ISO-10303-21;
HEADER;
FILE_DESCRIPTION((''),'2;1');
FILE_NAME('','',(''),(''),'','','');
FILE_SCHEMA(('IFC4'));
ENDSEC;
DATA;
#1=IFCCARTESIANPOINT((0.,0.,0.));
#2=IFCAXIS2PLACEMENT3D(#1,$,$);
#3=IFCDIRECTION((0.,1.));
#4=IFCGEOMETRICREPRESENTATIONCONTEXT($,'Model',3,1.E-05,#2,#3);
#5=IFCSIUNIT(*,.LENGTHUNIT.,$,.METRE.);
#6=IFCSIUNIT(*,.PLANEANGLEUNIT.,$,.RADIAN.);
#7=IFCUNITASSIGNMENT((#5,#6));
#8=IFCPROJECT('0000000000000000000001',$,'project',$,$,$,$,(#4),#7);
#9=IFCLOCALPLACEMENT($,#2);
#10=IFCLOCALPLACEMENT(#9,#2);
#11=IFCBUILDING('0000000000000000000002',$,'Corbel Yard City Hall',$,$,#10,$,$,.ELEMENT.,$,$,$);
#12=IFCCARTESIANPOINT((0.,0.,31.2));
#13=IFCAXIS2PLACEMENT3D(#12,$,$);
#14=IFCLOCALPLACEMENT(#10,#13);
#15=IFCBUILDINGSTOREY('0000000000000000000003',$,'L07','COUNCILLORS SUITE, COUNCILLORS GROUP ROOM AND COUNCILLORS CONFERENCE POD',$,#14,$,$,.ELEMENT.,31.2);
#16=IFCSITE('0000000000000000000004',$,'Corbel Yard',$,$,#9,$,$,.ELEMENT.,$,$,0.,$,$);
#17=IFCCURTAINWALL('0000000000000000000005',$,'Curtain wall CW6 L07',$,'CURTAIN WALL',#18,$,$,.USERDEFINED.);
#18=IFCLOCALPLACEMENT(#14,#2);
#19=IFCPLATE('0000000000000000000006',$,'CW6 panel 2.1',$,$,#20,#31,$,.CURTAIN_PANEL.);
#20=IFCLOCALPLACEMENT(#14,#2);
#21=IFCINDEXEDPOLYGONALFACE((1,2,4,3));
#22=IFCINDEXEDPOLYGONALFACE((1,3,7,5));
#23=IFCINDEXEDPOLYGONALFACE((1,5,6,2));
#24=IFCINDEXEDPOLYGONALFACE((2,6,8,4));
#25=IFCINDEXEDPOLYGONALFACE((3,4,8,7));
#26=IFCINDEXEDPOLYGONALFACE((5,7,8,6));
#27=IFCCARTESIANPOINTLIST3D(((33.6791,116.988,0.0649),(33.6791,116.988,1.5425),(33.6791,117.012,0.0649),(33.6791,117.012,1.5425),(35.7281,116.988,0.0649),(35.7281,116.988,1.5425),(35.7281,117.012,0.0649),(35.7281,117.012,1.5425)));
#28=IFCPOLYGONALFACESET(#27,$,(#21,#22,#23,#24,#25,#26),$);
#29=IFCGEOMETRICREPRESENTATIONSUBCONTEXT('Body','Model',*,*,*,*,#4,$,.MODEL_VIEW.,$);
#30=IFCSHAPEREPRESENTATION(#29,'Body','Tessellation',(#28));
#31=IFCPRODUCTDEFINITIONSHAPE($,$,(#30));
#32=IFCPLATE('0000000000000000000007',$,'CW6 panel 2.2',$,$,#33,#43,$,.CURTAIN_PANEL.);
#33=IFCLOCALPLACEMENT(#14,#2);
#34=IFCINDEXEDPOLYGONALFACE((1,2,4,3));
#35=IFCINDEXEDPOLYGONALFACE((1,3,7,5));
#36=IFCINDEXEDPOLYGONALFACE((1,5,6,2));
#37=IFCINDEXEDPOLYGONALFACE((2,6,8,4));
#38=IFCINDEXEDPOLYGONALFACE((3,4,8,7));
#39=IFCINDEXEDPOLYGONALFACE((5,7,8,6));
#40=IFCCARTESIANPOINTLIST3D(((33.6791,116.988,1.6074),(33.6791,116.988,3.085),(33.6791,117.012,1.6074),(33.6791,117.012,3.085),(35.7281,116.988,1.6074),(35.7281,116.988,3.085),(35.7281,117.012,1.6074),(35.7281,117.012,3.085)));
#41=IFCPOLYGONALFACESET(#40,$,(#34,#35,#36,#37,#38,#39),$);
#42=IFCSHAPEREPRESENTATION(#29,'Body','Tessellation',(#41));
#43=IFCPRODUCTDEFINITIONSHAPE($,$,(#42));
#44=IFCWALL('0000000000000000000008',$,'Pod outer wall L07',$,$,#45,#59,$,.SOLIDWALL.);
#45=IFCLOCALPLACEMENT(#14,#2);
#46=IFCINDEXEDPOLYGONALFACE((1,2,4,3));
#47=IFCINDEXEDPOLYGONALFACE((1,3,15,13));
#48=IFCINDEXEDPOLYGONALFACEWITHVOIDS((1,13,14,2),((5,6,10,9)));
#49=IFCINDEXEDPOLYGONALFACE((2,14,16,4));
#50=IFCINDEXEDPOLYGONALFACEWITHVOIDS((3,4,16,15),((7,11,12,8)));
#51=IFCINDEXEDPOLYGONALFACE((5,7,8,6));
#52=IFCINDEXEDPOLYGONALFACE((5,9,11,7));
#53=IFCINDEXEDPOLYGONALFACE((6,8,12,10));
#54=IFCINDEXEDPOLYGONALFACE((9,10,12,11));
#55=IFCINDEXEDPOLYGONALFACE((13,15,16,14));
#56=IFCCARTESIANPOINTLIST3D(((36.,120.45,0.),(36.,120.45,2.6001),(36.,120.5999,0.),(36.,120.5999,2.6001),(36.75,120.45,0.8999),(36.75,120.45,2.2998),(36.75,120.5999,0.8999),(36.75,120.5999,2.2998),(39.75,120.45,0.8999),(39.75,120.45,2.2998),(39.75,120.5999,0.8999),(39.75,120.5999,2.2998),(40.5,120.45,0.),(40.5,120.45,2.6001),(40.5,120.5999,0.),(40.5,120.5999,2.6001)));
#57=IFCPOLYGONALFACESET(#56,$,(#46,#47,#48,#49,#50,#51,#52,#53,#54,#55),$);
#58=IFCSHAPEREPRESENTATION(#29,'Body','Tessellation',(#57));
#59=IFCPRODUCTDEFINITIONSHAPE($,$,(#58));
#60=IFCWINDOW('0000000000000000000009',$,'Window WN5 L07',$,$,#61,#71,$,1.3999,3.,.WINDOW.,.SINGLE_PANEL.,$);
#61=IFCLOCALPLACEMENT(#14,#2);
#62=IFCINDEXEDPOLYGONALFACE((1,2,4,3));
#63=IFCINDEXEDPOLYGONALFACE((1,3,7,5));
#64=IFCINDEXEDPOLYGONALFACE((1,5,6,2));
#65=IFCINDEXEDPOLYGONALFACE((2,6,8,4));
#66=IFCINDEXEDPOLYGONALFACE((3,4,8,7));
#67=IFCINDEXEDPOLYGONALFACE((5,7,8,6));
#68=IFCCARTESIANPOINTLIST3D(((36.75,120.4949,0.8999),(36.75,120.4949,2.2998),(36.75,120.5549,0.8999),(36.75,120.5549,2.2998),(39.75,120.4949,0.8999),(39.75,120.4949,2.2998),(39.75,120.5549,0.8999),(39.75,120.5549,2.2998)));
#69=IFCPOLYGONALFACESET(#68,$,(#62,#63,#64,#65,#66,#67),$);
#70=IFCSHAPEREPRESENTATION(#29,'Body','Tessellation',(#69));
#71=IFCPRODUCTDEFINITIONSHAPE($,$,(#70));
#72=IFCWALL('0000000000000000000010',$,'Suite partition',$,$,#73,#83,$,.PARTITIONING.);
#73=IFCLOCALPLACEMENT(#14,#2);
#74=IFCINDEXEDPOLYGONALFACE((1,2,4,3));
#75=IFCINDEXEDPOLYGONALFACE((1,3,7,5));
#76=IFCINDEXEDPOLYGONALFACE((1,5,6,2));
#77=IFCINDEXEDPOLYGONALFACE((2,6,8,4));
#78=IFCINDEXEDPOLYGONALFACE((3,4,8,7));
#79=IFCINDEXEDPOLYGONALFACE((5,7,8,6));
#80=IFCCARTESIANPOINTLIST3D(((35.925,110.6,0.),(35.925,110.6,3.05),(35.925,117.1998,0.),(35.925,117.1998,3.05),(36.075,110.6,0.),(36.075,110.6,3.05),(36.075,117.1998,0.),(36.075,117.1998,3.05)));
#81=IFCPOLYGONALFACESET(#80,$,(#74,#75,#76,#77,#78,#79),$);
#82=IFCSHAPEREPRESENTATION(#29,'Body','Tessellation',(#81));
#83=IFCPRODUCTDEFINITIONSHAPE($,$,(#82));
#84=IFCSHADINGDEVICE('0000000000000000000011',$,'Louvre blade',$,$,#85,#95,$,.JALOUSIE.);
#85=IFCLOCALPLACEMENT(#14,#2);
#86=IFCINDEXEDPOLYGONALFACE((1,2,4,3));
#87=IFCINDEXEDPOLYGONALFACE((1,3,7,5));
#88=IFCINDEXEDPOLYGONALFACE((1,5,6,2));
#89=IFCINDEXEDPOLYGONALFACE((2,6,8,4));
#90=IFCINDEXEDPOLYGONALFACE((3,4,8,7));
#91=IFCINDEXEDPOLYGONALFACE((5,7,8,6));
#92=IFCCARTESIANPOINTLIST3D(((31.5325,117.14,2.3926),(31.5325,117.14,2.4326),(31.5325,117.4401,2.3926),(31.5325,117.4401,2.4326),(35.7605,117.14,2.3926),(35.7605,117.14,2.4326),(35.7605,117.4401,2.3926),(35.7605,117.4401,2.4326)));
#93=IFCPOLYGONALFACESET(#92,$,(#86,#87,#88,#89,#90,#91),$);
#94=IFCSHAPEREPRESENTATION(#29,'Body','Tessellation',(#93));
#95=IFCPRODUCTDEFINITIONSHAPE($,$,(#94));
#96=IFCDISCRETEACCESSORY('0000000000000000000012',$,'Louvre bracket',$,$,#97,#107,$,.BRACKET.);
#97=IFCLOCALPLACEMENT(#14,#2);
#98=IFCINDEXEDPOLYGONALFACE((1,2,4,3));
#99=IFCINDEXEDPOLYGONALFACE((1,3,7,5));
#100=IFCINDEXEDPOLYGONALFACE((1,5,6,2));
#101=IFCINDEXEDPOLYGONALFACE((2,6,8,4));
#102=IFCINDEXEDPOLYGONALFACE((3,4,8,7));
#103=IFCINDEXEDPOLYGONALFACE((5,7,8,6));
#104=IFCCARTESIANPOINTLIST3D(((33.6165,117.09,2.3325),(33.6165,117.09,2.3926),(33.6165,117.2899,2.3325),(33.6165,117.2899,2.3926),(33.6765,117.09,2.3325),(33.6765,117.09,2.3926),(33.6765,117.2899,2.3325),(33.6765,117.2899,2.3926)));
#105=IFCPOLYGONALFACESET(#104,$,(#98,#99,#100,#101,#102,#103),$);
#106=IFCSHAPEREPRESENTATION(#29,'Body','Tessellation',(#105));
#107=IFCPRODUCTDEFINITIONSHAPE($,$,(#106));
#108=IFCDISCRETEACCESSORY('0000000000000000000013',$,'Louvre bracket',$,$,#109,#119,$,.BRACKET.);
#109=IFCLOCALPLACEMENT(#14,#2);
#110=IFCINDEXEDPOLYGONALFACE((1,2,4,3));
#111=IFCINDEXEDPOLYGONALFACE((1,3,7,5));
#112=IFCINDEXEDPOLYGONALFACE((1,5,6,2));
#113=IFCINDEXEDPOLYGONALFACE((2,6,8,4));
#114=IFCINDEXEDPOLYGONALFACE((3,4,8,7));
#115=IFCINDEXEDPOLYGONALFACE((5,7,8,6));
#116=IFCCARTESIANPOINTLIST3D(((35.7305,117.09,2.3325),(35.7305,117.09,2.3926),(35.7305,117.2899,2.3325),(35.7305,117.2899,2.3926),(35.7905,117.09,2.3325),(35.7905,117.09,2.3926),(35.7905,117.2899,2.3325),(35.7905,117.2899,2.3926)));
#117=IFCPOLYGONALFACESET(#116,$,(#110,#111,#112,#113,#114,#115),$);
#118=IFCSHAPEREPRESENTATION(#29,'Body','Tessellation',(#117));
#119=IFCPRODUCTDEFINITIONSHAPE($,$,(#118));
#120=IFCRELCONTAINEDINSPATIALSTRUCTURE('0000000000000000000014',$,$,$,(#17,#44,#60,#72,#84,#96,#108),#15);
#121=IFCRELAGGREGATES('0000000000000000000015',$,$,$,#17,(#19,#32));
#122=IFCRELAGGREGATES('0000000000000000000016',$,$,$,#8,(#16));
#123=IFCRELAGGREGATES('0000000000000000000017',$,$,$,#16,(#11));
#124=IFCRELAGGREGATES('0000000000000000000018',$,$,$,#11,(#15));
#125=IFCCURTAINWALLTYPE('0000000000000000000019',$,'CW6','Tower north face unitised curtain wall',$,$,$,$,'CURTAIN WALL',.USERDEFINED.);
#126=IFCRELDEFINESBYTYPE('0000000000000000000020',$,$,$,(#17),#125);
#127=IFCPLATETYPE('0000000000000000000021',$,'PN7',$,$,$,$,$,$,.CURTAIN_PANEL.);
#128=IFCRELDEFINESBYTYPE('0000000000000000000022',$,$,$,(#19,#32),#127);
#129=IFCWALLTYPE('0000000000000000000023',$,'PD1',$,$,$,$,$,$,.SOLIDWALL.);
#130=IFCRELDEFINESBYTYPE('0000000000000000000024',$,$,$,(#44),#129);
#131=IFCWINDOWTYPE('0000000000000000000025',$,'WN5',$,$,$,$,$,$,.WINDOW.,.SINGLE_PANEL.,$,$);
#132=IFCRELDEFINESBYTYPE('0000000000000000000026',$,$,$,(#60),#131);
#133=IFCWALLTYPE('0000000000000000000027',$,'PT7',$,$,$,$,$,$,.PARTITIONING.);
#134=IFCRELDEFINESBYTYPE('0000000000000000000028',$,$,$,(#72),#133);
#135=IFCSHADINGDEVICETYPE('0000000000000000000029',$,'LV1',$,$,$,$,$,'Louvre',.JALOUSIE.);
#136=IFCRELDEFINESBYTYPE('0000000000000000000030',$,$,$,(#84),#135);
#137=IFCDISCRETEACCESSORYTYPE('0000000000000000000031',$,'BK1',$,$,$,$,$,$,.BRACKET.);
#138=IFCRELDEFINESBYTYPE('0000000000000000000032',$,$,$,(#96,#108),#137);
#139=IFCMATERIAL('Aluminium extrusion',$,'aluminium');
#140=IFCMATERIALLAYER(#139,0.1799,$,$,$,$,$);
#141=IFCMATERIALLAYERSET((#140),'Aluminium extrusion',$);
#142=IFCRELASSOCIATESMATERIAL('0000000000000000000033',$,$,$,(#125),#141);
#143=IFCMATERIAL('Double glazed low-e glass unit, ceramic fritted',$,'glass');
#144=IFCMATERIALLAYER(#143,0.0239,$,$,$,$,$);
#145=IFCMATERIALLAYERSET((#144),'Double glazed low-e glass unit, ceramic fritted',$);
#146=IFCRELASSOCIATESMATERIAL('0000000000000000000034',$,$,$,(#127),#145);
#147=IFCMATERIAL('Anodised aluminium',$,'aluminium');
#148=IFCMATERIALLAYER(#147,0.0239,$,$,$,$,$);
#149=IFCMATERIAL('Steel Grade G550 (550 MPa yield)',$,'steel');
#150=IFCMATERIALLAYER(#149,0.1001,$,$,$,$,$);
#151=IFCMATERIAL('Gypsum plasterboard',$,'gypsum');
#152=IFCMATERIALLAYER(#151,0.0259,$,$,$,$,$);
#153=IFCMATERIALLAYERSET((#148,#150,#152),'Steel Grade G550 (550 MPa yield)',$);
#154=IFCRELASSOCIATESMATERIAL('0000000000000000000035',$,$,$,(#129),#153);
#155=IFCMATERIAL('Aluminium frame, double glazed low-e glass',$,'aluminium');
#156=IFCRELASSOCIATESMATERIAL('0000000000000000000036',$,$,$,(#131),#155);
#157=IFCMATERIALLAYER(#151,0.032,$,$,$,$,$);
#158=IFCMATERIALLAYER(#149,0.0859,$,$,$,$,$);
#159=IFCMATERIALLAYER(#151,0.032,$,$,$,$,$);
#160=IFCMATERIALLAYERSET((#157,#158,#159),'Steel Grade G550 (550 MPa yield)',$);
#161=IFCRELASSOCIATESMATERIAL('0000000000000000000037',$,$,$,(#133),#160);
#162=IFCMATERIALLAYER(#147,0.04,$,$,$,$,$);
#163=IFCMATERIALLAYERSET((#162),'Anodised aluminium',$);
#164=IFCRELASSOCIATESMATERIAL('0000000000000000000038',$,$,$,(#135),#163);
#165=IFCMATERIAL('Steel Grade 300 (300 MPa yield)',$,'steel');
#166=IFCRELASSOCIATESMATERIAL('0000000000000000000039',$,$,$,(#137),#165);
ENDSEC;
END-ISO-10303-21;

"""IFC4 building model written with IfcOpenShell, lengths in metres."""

from ifc_helpers import new_model, si_unit, direction, frame, frame_2d, origin, origin_2d, place, context, subcontext, project, spatial, rectangle, extrude, material, layer, layer_set, type_object, element, fill, aggregate, save


model = new_model("IFC4")

# Units and contexts
model_context = context("Model", 3, precision=1e-05, world=origin(), true_north=direction((0.0, 1.0)))
body_context = subcontext(model_context, "Body", "Model", "MODEL_VIEW")
ifc_project = project(units=[si_unit("LENGTHUNIT", "METRE"), si_unit("PLANEANGLEUNIT", "RADIAN")], contexts=[model_context])

# Site, building, storey
site_placement = place(None, origin())
site = spatial("IfcSite", under=ifc_project, at=site_placement, Name="Corbel Yard", CompositionType="ELEMENT", RefElevation=0.0)
building_placement = place(site_placement, origin())
building = spatial("IfcBuilding", under=site, at=building_placement, Name="Corbel Yard City Hall", CompositionType="ELEMENT")
storey_placement = place(building_placement, frame((0.0, 0.0, 31.2)))
storey = spatial("IfcBuildingStorey", under=building, at=storey_placement, Name="L07", Description="COUNCILLORS SUITE, COUNCILLORS GROUP ROOM AND COUNCILLORS CONFERENCE POD", CompositionType="ELEMENT", Elevation=31.2)

# Curtain wall
ifc_material_1 = material(Name="Aluminium extrusion", Category="aluminium")
ifc_layer_1 = layer(ifc_material_1, 0.1799)
ifc_layer_set_1 = layer_set([ifc_layer_1], Name="Aluminium extrusion")
curtain_wall_type = type_object("IfcCurtainWallType", Name="CW6", Description="Tower north face unitised curtain wall", ElementType="CURTAIN WALL", PredefinedType="USERDEFINED", material=ifc_layer_set_1)
curtain_wall_placement = place(storey_placement, origin())
curtain_wall = element("IfcCurtainWall", 1, at=curtain_wall_placement, inside=storey, type_object=curtain_wall_type, Name="Curtain wall CW6 L07", ObjectType="CURTAIN WALL", PredefinedType="USERDEFINED")

# Shared definitions
ifc_material_2 = material(Name="Steel Grade 300 (300 MPa yield)", Category="steel")

# Plates
ifc_material_3 = material(Name="Double glazed low-e glass unit, ceramic fritted", Category="glass")
ifc_layer_2 = layer(ifc_material_3, 0.0239)
ifc_layer_set_2 = layer_set([ifc_layer_2], Name="Double glazed low-e glass unit, ceramic fritted")
plate_type = type_object("IfcPlateType", Name="PN7", PredefinedType="CURTAIN_PANEL", material=ifc_layer_set_2)
plate_1_placement = place(storey_placement, frame((34.7036, 117.0, 0.0649), z_axis=(0.0, 0.0, 1.0), x_axis=(1.0, 0.0, 0.0)))
plate_1 = element("IfcPlate", 2, at=plate_1_placement, type_object=plate_type, Name="CW6 panel 2.1", PredefinedType="CURTAIN_PANEL", context=body_context, shape_type="SweptSolid", body=[
    extrude(rectangle(XDim=2.0491, YDim=0.0239, at=origin_2d()), origin(), (0.0, 0.0, 1.0), 1.4775),
])
plate_2_placement = place(storey_placement, frame((34.7036, 117.0, 1.6074), z_axis=(0.0, 0.0, 1.0), x_axis=(1.0, 0.0, 0.0)))
plate_2 = element("IfcPlate", 3, at=plate_2_placement, type_object=plate_type, Name="CW6 panel 2.2", PredefinedType="CURTAIN_PANEL", context=body_context, shape_type="SweptSolid", body=[
    extrude(rectangle(XDim=2.0491, YDim=0.0239, at=origin_2d()), origin(), (0.0, 0.0, 1.0), 1.4775),
])
aggregate(curtain_wall, [plate_1, plate_2])

# Wall, opening, window
ifc_material_4 = material(Name="Anodised aluminium", Category="aluminium")
ifc_layer_3 = layer(ifc_material_4, 0.0239)
ifc_material_5 = material(Name="Steel Grade G550 (550 MPa yield)", Category="steel")
ifc_layer_4 = layer(ifc_material_5, 0.1001)
ifc_material_6 = material(Name="Gypsum plasterboard", Category="gypsum")
ifc_layer_5 = layer(ifc_material_6, 0.0259)
ifc_layer_set_3 = layer_set([ifc_layer_3, ifc_layer_4, ifc_layer_5], Name="Steel Grade G550 (550 MPa yield)")
wall_type_1 = type_object("IfcWallType", Name="PD1", PredefinedType="SOLIDWALL", material=ifc_layer_set_3)
wall_1_placement = place(storey_placement, frame((36.0, 120.5249, 0.0), z_axis=(0.0, 0.0, 1.0), x_axis=(1.0, 0.0, 0.0)))
wall_1 = element("IfcWall", 4, at=wall_1_placement, inside=storey, type_object=wall_type_1, Name="Pod outer wall L07", PredefinedType="SOLIDWALL", context=body_context, shape_type="SweptSolid", body=[
    extrude(rectangle(XDim=4.5, YDim=0.1499, at=frame_2d((2.25, 0.0))), origin(), (0.0, 0.0, 1.0), 2.6001),
])
opening_placement = place(wall_1_placement, frame((0.75, 0.0, 0.8999)))
opening = element("IfcOpeningElement", 5, at=opening_placement, cuts=wall_1, PredefinedType="OPENING", context=body_context, shape_type="SweptSolid", body=[
    extrude(rectangle(XDim=3.0, YDim=1.3999, at=frame_2d((1.5, 0.7))), frame((0.0, 0.085, 0.0), z_axis=(0.0, -1.0, 0.0), x_axis=(1.0, 0.0, 0.0)), (0.0, 0.0, 1.0), 0.1699),
])
ifc_material_7 = material(Name="Aluminium frame, double glazed low-e glass", Category="aluminium")
window_type = type_object("IfcWindowType", Name="WN5", PartitioningType="SINGLE_PANEL", PredefinedType="WINDOW", material=ifc_material_7)
window_placement = place(opening_placement, origin())
window = element("IfcWindow", 6, at=window_placement, inside=storey, type_object=window_type, Name="Window WN5 L07", OverallHeight=1.3999, OverallWidth=3.0, PartitioningType="SINGLE_PANEL", PredefinedType="WINDOW", context=body_context, shape_type="SweptSolid", body=[
    extrude(rectangle(XDim=3.0, YDim=1.3999, at=frame_2d((1.5, 0.7))), frame((0.0, 0.03, 0.0), z_axis=(0.0, -1.0, 0.0), x_axis=(1.0, 0.0, 0.0)), (0.0, 0.0, 1.0), 0.0601),
])
fill(opening, window)

# Wall
ifc_layer_6 = layer(ifc_material_6, 0.032)
ifc_layer_7 = layer(ifc_material_5, 0.0859)
ifc_layer_8 = layer(ifc_material_6, 0.032)
ifc_layer_set_4 = layer_set([ifc_layer_6, ifc_layer_7, ifc_layer_8], Name="Steel Grade G550 (550 MPa yield)")
wall_type_2 = type_object("IfcWallType", Name="PT7", PredefinedType="PARTITIONING", material=ifc_layer_set_4)
wall_2_placement = place(storey_placement, frame((36.0, 110.6001, 0.0), z_axis=(0.0, 0.0, 1.0), x_axis=(0.0, 1.0, 0.0)))
element("IfcWall", 7, at=wall_2_placement, inside=storey, type_object=wall_type_2, Name="Suite partition", PredefinedType="PARTITIONING", context=body_context, shape_type="SweptSolid", body=[
    extrude(rectangle(XDim=6.5999, YDim=0.1499, at=frame_2d((3.2998, 0.0))), origin(), (0.0, 0.0, 1.0), 3.05),
])

# Shading device
ifc_layer_9 = layer(ifc_material_4, 0.04)
ifc_layer_set_5 = layer_set([ifc_layer_9], Name="Anodised aluminium")
shading_device_type = type_object("IfcShadingDeviceType", Name="LV1", ElementType="Louvre", PredefinedType="JALOUSIE", material=ifc_layer_set_5)
shading_device_placement = place(storey_placement, frame((33.6465, 117.29, 2.3926), z_axis=(0.0, 0.0, 1.0), x_axis=(1.0, 0.0, 0.0)))
element("IfcShadingDevice", 8, at=shading_device_placement, inside=storey, type_object=shading_device_type, Name="Louvre blade", PredefinedType="JALOUSIE", context=body_context, shape_type="SweptSolid", body=[
    extrude(rectangle(XDim=4.228, YDim=0.3, at=origin_2d()), origin(), (0.0, 0.0, 1.0), 0.04),
])

# Discrete accessories
discrete_accessory_type = type_object("IfcDiscreteAccessoryType", Name="BK1", PredefinedType="BRACKET", material=ifc_material_2)
for number, where, z_axis, x_axis, name in (
    (9, (33.6465, 117.1899, 2.3325), (0.0, 0.0, 1.0), (1.0, 0.0, 0.0), "Louvre bracket"),
    (10, (35.7605, 117.1899, 2.3325), (0.0, 0.0, 1.0), (1.0, 0.0, 0.0), "Louvre bracket"),
):
    element("IfcDiscreteAccessory", number, at=place(storey_placement, frame(where, z_axis=z_axis, x_axis=x_axis)), inside=storey, type_object=discrete_accessory_type, Name=name, PredefinedType="BRACKET", context=body_context, shape_type="SweptSolid", body=[
        extrude(rectangle(XDim=0.0601, YDim=0.2, at=origin_2d()), origin(), (0.0, 0.0, 1.0), 0.0601),
    ])

save(model, "model.ifc")
